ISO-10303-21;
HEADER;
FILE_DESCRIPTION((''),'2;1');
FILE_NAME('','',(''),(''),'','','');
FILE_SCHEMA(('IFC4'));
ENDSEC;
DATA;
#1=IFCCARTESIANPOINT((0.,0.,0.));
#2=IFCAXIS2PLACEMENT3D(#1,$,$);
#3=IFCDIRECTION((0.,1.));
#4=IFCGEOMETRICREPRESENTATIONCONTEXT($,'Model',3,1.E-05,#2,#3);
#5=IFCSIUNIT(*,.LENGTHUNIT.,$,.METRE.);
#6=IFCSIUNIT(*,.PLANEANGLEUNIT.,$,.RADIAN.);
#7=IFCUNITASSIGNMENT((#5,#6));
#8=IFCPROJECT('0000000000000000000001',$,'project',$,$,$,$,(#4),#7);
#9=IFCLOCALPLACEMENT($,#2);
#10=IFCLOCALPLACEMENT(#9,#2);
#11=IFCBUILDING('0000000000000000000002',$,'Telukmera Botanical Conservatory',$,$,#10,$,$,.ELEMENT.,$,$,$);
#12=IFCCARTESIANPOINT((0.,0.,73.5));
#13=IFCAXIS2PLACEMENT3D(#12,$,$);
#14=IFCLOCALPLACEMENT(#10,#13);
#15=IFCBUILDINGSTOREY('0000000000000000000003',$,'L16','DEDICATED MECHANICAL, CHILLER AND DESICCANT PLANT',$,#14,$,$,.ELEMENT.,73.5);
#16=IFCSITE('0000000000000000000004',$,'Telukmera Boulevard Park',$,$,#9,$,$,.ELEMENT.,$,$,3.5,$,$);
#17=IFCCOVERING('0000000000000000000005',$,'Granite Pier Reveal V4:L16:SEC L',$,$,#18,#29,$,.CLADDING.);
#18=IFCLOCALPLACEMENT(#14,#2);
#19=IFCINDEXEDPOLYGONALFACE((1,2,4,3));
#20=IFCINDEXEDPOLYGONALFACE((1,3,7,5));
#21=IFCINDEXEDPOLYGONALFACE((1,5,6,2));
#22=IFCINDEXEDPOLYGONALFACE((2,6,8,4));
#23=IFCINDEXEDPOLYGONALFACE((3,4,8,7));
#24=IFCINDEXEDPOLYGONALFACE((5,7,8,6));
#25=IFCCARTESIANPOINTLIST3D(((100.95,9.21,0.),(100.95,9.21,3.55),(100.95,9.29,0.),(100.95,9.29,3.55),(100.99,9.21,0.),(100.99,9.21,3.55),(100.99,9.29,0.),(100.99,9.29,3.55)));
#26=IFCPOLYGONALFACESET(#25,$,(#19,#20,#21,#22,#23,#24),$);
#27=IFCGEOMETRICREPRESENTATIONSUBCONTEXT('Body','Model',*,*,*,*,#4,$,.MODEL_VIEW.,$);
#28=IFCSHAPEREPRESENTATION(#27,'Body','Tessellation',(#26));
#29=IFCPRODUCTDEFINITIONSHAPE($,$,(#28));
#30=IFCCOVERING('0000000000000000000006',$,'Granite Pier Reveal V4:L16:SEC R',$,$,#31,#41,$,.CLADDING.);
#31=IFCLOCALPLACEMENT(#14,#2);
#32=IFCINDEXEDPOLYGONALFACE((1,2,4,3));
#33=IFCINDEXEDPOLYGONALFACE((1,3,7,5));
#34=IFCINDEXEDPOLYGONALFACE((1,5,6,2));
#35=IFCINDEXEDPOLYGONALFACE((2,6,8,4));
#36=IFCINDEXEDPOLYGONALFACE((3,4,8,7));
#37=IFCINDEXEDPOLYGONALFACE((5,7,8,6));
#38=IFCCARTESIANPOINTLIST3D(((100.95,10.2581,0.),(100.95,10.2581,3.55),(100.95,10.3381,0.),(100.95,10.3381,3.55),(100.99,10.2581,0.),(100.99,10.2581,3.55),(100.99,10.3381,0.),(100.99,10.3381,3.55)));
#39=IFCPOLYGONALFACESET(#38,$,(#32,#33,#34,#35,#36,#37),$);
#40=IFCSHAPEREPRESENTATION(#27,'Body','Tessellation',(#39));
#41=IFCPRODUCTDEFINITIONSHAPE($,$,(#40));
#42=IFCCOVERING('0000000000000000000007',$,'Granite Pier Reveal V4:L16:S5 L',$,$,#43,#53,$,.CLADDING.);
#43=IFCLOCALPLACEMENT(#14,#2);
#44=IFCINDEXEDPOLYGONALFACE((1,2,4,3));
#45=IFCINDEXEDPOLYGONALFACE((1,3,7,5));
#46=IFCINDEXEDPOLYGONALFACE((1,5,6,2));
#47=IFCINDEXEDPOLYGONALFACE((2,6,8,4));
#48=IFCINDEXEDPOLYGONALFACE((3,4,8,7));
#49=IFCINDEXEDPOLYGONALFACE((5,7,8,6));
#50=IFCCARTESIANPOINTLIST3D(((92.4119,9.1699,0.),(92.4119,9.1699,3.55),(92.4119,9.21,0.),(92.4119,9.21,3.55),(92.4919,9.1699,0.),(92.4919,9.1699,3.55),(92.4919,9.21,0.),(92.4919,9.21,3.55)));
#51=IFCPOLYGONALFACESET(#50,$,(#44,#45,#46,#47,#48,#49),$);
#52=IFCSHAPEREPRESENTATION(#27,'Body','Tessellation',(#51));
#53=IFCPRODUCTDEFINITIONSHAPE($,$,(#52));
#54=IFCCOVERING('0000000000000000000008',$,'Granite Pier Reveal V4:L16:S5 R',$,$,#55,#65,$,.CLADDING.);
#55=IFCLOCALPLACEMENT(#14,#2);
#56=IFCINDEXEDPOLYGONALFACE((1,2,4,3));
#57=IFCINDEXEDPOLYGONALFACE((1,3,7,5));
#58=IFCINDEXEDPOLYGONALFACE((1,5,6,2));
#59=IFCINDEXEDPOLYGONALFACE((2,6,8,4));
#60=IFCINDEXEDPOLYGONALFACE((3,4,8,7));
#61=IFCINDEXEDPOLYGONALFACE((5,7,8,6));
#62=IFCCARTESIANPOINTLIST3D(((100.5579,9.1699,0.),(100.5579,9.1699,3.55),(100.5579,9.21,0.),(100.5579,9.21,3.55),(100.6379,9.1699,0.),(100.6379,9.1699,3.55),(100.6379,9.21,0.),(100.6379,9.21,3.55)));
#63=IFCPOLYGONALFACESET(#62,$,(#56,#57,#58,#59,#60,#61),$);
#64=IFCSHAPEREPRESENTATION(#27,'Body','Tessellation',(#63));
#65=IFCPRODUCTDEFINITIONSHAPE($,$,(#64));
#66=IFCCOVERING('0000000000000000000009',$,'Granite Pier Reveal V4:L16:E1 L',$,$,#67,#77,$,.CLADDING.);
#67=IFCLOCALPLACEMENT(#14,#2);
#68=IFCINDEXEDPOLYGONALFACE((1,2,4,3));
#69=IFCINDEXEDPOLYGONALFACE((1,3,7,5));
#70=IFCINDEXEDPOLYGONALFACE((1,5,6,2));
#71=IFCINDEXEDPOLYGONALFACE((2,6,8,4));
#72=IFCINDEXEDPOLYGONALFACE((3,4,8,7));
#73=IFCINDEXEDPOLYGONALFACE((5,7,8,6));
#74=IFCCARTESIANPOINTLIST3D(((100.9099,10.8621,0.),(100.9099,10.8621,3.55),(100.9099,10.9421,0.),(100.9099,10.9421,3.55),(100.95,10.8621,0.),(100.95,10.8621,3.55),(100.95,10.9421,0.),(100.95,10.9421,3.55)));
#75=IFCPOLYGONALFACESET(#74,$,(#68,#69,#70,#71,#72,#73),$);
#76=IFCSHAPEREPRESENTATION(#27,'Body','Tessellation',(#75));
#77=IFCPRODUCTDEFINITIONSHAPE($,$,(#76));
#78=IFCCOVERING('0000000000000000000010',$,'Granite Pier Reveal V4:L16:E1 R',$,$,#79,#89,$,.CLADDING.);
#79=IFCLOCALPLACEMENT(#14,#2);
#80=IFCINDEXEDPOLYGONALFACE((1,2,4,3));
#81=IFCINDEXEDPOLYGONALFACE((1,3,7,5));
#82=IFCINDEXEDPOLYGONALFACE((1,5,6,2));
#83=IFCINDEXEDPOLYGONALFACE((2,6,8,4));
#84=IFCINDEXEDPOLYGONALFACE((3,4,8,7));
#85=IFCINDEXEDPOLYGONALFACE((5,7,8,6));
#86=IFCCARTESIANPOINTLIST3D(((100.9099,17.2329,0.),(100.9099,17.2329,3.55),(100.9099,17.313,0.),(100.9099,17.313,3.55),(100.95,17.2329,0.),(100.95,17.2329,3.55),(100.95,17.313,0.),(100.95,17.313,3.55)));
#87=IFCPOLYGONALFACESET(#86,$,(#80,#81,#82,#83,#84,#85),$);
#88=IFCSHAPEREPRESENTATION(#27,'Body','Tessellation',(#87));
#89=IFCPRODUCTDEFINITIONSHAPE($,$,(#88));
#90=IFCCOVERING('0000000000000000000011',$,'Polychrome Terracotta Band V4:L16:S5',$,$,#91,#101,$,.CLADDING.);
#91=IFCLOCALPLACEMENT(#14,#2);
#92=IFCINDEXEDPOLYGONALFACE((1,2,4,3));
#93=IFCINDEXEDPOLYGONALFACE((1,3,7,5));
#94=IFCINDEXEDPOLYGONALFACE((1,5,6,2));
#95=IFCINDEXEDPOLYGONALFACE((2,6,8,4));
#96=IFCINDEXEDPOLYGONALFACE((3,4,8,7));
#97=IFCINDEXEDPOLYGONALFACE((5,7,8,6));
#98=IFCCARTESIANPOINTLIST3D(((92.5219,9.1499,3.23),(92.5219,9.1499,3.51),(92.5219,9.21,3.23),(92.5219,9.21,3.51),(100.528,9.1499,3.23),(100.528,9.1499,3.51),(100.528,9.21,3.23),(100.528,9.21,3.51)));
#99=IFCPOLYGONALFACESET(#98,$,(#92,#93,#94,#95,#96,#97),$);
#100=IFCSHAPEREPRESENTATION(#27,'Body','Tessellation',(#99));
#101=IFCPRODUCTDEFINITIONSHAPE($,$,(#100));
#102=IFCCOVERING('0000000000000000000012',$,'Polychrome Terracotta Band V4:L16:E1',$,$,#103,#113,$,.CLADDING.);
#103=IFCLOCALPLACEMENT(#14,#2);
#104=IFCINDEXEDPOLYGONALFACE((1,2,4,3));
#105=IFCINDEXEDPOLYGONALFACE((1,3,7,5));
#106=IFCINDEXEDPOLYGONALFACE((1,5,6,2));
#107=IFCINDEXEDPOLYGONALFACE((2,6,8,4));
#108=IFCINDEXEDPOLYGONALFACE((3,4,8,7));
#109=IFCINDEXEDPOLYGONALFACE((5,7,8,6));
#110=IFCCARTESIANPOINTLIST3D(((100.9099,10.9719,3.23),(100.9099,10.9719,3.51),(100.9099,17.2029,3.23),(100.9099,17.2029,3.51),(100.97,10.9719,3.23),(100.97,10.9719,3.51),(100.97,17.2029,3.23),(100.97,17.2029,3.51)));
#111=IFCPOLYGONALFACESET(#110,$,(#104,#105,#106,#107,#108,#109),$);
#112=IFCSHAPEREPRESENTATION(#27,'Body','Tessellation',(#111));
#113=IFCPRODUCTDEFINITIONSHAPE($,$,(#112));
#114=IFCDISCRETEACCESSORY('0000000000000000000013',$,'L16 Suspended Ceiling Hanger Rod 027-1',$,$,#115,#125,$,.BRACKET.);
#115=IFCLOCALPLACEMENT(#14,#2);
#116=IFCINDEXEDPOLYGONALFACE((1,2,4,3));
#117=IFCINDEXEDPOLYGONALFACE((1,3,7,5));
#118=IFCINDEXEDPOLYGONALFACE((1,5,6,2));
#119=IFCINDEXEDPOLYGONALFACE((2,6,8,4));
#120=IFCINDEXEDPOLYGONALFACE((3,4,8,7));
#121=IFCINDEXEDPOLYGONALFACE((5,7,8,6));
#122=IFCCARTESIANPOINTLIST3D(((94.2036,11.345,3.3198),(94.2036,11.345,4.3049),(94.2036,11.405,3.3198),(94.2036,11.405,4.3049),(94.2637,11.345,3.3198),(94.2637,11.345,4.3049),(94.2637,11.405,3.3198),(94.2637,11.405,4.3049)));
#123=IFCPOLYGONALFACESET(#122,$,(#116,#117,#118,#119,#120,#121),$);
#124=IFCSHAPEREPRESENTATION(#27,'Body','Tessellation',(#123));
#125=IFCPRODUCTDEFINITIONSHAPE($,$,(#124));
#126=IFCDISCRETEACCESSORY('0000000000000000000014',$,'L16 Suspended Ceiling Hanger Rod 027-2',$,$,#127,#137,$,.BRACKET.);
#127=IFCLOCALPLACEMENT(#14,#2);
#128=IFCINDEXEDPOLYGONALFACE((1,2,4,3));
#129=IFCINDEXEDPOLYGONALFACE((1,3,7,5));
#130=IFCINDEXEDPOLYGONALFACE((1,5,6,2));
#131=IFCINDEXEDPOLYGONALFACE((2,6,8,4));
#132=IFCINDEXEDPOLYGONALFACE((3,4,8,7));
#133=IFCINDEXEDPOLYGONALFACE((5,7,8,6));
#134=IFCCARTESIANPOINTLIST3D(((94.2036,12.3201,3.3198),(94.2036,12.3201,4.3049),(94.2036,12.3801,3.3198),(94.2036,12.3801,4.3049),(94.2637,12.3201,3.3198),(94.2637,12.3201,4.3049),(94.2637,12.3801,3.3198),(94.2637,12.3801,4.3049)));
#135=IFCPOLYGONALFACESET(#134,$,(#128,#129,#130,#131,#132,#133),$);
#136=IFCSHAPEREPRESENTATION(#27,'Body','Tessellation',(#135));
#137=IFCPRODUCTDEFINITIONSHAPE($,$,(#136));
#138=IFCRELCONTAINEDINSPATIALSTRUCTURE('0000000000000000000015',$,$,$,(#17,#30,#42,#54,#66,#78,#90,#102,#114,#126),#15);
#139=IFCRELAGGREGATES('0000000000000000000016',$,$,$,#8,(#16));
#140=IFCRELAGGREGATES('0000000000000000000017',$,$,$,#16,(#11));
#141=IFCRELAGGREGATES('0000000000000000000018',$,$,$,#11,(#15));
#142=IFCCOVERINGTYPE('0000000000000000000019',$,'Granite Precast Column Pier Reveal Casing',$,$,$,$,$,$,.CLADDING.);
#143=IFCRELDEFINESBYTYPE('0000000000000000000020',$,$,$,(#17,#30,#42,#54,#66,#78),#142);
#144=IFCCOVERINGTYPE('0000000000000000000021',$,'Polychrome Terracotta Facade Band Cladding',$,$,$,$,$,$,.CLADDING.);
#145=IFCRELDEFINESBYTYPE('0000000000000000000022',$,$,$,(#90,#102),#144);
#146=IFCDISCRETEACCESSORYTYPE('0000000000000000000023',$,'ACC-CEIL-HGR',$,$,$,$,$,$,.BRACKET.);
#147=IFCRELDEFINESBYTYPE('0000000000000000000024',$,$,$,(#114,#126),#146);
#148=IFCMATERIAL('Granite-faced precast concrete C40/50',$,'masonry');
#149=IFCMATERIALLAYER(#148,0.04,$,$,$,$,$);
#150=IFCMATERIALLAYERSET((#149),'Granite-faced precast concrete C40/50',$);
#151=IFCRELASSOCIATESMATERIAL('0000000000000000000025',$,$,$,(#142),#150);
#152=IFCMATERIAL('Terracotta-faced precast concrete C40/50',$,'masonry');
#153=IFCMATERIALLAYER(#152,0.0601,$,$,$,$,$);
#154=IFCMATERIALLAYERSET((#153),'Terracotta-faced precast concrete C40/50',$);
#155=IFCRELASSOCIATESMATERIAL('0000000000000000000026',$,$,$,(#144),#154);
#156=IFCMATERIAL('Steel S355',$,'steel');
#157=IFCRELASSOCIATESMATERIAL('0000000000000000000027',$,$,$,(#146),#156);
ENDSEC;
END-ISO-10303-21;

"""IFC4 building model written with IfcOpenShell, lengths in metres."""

from ifc_helpers import new_model, si_unit, direction, frame, origin, origin_2d, place, context, subcontext, project, spatial, rectangle, extrude, material, layer, layer_set, type_object, element, save


model = new_model("IFC4")

# Units and contexts
model_context = context("Model", 3, precision=1e-05, world=origin(), true_north=direction((0.0, 1.0)))
body_context = subcontext(model_context, "Body", "Model", "MODEL_VIEW")
ifc_project = project(units=[si_unit("LENGTHUNIT", "METRE"), si_unit("PLANEANGLEUNIT", "RADIAN")], contexts=[model_context])

# Site, building, storey
site_placement = place(None, origin())
site = spatial("IfcSite", under=ifc_project, at=site_placement, Name="Telukmera Boulevard Park", CompositionType="ELEMENT", RefElevation=3.5)
building_placement = place(site_placement, origin())
building = spatial("IfcBuilding", under=site, at=building_placement, Name="Telukmera Botanical Conservatory", CompositionType="ELEMENT")
storey_placement = place(building_placement, frame((0.0, 0.0, 73.5)))
storey = spatial("IfcBuildingStorey", under=building, at=storey_placement, Name="L16", Description="DEDICATED MECHANICAL, CHILLER AND DESICCANT PLANT", CompositionType="ELEMENT", Elevation=73.5)

# Shared definitions
ifc_material_1 = material(Name="Terracotta-faced precast concrete C40/50", Category="masonry")

# Coverings
ifc_material_2 = material(Name="Granite-faced precast concrete C40/50", Category="masonry")
ifc_layer_1 = layer(ifc_material_2, 0.04)
ifc_layer_set_1 = layer_set([ifc_layer_1], Name="Granite-faced precast concrete C40/50")
covering_type_1 = type_object("IfcCoveringType", Name="Granite Precast Column Pier Reveal Casing", PredefinedType="CLADDING", material=ifc_layer_set_1)
for number, where, z_axis, x_axis, name in (
    (1, (100.97, 9.25, 0.0), (0.0, 0.0, 1.0), (0.0, 1.0, 0.0), "Granite Pier Reveal V4:L16:SEC L"),
    (2, (100.97, 10.2981, 0.0), (0.0, 0.0, 1.0), (0.0, 1.0, 0.0), "Granite Pier Reveal V4:L16:SEC R"),
    (3, (92.4519, 9.1899, 0.0), (0.0, 0.0, 1.0), (1.0, 0.0, 0.0), "Granite Pier Reveal V4:L16:S5 L"),
    (4, (100.5979, 9.1899, 0.0), (0.0, 0.0, 1.0), (1.0, 0.0, 0.0), "Granite Pier Reveal V4:L16:S5 R"),
    (5, (100.9299, 10.9021, 0.0), (0.0, 0.0, 1.0), (0.0, 1.0, 0.0), "Granite Pier Reveal V4:L16:E1 L"),
    (6, (100.9299, 17.2729, 0.0), (0.0, 0.0, 1.0), (0.0, 1.0, 0.0), "Granite Pier Reveal V4:L16:E1 R"),
):
    element("IfcCovering", number, at=place(storey_placement, frame(where, z_axis=z_axis, x_axis=x_axis)), inside=storey, type_object=covering_type_1, Name=name, PredefinedType="CLADDING", context=body_context, shape_type="SweptSolid", body=[
        extrude(rectangle(XDim=0.0801, YDim=0.04, at=origin_2d()), origin(), (0.0, 0.0, 1.0), 3.55),
    ])
ifc_layer_2 = layer(ifc_material_1, 0.0601)
ifc_layer_set_2 = layer_set([ifc_layer_2], Name="Terracotta-faced precast concrete C40/50")
covering_type_2 = type_object("IfcCoveringType", Name="Polychrome Terracotta Facade Band Cladding", PredefinedType="CLADDING", material=ifc_layer_set_2)
covering_1_placement = place(storey_placement, frame((96.5249, 9.1799, 3.23), z_axis=(0.0, 0.0, 1.0), x_axis=(1.0, 0.0, 0.0)))
element("IfcCovering", 7, at=covering_1_placement, inside=storey, type_object=covering_type_2, Name="Polychrome Terracotta Band V4:L16:S5", PredefinedType="CLADDING", context=body_context, shape_type="SweptSolid", body=[
    extrude(rectangle(XDim=8.0061, YDim=0.0601, at=origin_2d()), origin(), (0.0, 0.0, 1.0), 0.28),
])
covering_2_placement = place(storey_placement, frame((100.9399, 14.0874, 3.23), z_axis=(0.0, 0.0, 1.0), x_axis=(0.0, 1.0, 0.0)))
element("IfcCovering", 8, at=covering_2_placement, inside=storey, type_object=covering_type_2, Name="Polychrome Terracotta Band V4:L16:E1", PredefinedType="CLADDING", context=body_context, shape_type="SweptSolid", body=[
    extrude(rectangle(XDim=6.231, YDim=0.0601, at=origin_2d()), origin(), (0.0, 0.0, 1.0), 0.28),
])

# Discrete accessories
ifc_material_3 = material(Name="Steel S355", Category="steel")
discrete_accessory_type = type_object("IfcDiscreteAccessoryType", Name="ACC-CEIL-HGR", PredefinedType="BRACKET", material=ifc_material_3)
for number, where, z_axis, x_axis, name in (
    (9, (94.2336, 11.375, 3.3198), (0.0, 0.0, 1.0), (1.0, 0.0, 0.0), "L16 Suspended Ceiling Hanger Rod 027-1"),
    (10, (94.2336, 12.3501, 3.3198), (0.0, 0.0, 1.0), (1.0, 0.0, 0.0), "L16 Suspended Ceiling Hanger Rod 027-2"),
):
    element("IfcDiscreteAccessory", number, at=place(storey_placement, frame(where, z_axis=z_axis, x_axis=x_axis)), inside=storey, type_object=discrete_accessory_type, Name=name, PredefinedType="BRACKET", context=body_context, shape_type="SweptSolid", body=[
        extrude(rectangle(XDim=0.0601, YDim=0.0601, at=origin_2d()), origin(), (0.0, 0.0, 1.0), 0.9851),
    ])

save(model, "model.ifc")
